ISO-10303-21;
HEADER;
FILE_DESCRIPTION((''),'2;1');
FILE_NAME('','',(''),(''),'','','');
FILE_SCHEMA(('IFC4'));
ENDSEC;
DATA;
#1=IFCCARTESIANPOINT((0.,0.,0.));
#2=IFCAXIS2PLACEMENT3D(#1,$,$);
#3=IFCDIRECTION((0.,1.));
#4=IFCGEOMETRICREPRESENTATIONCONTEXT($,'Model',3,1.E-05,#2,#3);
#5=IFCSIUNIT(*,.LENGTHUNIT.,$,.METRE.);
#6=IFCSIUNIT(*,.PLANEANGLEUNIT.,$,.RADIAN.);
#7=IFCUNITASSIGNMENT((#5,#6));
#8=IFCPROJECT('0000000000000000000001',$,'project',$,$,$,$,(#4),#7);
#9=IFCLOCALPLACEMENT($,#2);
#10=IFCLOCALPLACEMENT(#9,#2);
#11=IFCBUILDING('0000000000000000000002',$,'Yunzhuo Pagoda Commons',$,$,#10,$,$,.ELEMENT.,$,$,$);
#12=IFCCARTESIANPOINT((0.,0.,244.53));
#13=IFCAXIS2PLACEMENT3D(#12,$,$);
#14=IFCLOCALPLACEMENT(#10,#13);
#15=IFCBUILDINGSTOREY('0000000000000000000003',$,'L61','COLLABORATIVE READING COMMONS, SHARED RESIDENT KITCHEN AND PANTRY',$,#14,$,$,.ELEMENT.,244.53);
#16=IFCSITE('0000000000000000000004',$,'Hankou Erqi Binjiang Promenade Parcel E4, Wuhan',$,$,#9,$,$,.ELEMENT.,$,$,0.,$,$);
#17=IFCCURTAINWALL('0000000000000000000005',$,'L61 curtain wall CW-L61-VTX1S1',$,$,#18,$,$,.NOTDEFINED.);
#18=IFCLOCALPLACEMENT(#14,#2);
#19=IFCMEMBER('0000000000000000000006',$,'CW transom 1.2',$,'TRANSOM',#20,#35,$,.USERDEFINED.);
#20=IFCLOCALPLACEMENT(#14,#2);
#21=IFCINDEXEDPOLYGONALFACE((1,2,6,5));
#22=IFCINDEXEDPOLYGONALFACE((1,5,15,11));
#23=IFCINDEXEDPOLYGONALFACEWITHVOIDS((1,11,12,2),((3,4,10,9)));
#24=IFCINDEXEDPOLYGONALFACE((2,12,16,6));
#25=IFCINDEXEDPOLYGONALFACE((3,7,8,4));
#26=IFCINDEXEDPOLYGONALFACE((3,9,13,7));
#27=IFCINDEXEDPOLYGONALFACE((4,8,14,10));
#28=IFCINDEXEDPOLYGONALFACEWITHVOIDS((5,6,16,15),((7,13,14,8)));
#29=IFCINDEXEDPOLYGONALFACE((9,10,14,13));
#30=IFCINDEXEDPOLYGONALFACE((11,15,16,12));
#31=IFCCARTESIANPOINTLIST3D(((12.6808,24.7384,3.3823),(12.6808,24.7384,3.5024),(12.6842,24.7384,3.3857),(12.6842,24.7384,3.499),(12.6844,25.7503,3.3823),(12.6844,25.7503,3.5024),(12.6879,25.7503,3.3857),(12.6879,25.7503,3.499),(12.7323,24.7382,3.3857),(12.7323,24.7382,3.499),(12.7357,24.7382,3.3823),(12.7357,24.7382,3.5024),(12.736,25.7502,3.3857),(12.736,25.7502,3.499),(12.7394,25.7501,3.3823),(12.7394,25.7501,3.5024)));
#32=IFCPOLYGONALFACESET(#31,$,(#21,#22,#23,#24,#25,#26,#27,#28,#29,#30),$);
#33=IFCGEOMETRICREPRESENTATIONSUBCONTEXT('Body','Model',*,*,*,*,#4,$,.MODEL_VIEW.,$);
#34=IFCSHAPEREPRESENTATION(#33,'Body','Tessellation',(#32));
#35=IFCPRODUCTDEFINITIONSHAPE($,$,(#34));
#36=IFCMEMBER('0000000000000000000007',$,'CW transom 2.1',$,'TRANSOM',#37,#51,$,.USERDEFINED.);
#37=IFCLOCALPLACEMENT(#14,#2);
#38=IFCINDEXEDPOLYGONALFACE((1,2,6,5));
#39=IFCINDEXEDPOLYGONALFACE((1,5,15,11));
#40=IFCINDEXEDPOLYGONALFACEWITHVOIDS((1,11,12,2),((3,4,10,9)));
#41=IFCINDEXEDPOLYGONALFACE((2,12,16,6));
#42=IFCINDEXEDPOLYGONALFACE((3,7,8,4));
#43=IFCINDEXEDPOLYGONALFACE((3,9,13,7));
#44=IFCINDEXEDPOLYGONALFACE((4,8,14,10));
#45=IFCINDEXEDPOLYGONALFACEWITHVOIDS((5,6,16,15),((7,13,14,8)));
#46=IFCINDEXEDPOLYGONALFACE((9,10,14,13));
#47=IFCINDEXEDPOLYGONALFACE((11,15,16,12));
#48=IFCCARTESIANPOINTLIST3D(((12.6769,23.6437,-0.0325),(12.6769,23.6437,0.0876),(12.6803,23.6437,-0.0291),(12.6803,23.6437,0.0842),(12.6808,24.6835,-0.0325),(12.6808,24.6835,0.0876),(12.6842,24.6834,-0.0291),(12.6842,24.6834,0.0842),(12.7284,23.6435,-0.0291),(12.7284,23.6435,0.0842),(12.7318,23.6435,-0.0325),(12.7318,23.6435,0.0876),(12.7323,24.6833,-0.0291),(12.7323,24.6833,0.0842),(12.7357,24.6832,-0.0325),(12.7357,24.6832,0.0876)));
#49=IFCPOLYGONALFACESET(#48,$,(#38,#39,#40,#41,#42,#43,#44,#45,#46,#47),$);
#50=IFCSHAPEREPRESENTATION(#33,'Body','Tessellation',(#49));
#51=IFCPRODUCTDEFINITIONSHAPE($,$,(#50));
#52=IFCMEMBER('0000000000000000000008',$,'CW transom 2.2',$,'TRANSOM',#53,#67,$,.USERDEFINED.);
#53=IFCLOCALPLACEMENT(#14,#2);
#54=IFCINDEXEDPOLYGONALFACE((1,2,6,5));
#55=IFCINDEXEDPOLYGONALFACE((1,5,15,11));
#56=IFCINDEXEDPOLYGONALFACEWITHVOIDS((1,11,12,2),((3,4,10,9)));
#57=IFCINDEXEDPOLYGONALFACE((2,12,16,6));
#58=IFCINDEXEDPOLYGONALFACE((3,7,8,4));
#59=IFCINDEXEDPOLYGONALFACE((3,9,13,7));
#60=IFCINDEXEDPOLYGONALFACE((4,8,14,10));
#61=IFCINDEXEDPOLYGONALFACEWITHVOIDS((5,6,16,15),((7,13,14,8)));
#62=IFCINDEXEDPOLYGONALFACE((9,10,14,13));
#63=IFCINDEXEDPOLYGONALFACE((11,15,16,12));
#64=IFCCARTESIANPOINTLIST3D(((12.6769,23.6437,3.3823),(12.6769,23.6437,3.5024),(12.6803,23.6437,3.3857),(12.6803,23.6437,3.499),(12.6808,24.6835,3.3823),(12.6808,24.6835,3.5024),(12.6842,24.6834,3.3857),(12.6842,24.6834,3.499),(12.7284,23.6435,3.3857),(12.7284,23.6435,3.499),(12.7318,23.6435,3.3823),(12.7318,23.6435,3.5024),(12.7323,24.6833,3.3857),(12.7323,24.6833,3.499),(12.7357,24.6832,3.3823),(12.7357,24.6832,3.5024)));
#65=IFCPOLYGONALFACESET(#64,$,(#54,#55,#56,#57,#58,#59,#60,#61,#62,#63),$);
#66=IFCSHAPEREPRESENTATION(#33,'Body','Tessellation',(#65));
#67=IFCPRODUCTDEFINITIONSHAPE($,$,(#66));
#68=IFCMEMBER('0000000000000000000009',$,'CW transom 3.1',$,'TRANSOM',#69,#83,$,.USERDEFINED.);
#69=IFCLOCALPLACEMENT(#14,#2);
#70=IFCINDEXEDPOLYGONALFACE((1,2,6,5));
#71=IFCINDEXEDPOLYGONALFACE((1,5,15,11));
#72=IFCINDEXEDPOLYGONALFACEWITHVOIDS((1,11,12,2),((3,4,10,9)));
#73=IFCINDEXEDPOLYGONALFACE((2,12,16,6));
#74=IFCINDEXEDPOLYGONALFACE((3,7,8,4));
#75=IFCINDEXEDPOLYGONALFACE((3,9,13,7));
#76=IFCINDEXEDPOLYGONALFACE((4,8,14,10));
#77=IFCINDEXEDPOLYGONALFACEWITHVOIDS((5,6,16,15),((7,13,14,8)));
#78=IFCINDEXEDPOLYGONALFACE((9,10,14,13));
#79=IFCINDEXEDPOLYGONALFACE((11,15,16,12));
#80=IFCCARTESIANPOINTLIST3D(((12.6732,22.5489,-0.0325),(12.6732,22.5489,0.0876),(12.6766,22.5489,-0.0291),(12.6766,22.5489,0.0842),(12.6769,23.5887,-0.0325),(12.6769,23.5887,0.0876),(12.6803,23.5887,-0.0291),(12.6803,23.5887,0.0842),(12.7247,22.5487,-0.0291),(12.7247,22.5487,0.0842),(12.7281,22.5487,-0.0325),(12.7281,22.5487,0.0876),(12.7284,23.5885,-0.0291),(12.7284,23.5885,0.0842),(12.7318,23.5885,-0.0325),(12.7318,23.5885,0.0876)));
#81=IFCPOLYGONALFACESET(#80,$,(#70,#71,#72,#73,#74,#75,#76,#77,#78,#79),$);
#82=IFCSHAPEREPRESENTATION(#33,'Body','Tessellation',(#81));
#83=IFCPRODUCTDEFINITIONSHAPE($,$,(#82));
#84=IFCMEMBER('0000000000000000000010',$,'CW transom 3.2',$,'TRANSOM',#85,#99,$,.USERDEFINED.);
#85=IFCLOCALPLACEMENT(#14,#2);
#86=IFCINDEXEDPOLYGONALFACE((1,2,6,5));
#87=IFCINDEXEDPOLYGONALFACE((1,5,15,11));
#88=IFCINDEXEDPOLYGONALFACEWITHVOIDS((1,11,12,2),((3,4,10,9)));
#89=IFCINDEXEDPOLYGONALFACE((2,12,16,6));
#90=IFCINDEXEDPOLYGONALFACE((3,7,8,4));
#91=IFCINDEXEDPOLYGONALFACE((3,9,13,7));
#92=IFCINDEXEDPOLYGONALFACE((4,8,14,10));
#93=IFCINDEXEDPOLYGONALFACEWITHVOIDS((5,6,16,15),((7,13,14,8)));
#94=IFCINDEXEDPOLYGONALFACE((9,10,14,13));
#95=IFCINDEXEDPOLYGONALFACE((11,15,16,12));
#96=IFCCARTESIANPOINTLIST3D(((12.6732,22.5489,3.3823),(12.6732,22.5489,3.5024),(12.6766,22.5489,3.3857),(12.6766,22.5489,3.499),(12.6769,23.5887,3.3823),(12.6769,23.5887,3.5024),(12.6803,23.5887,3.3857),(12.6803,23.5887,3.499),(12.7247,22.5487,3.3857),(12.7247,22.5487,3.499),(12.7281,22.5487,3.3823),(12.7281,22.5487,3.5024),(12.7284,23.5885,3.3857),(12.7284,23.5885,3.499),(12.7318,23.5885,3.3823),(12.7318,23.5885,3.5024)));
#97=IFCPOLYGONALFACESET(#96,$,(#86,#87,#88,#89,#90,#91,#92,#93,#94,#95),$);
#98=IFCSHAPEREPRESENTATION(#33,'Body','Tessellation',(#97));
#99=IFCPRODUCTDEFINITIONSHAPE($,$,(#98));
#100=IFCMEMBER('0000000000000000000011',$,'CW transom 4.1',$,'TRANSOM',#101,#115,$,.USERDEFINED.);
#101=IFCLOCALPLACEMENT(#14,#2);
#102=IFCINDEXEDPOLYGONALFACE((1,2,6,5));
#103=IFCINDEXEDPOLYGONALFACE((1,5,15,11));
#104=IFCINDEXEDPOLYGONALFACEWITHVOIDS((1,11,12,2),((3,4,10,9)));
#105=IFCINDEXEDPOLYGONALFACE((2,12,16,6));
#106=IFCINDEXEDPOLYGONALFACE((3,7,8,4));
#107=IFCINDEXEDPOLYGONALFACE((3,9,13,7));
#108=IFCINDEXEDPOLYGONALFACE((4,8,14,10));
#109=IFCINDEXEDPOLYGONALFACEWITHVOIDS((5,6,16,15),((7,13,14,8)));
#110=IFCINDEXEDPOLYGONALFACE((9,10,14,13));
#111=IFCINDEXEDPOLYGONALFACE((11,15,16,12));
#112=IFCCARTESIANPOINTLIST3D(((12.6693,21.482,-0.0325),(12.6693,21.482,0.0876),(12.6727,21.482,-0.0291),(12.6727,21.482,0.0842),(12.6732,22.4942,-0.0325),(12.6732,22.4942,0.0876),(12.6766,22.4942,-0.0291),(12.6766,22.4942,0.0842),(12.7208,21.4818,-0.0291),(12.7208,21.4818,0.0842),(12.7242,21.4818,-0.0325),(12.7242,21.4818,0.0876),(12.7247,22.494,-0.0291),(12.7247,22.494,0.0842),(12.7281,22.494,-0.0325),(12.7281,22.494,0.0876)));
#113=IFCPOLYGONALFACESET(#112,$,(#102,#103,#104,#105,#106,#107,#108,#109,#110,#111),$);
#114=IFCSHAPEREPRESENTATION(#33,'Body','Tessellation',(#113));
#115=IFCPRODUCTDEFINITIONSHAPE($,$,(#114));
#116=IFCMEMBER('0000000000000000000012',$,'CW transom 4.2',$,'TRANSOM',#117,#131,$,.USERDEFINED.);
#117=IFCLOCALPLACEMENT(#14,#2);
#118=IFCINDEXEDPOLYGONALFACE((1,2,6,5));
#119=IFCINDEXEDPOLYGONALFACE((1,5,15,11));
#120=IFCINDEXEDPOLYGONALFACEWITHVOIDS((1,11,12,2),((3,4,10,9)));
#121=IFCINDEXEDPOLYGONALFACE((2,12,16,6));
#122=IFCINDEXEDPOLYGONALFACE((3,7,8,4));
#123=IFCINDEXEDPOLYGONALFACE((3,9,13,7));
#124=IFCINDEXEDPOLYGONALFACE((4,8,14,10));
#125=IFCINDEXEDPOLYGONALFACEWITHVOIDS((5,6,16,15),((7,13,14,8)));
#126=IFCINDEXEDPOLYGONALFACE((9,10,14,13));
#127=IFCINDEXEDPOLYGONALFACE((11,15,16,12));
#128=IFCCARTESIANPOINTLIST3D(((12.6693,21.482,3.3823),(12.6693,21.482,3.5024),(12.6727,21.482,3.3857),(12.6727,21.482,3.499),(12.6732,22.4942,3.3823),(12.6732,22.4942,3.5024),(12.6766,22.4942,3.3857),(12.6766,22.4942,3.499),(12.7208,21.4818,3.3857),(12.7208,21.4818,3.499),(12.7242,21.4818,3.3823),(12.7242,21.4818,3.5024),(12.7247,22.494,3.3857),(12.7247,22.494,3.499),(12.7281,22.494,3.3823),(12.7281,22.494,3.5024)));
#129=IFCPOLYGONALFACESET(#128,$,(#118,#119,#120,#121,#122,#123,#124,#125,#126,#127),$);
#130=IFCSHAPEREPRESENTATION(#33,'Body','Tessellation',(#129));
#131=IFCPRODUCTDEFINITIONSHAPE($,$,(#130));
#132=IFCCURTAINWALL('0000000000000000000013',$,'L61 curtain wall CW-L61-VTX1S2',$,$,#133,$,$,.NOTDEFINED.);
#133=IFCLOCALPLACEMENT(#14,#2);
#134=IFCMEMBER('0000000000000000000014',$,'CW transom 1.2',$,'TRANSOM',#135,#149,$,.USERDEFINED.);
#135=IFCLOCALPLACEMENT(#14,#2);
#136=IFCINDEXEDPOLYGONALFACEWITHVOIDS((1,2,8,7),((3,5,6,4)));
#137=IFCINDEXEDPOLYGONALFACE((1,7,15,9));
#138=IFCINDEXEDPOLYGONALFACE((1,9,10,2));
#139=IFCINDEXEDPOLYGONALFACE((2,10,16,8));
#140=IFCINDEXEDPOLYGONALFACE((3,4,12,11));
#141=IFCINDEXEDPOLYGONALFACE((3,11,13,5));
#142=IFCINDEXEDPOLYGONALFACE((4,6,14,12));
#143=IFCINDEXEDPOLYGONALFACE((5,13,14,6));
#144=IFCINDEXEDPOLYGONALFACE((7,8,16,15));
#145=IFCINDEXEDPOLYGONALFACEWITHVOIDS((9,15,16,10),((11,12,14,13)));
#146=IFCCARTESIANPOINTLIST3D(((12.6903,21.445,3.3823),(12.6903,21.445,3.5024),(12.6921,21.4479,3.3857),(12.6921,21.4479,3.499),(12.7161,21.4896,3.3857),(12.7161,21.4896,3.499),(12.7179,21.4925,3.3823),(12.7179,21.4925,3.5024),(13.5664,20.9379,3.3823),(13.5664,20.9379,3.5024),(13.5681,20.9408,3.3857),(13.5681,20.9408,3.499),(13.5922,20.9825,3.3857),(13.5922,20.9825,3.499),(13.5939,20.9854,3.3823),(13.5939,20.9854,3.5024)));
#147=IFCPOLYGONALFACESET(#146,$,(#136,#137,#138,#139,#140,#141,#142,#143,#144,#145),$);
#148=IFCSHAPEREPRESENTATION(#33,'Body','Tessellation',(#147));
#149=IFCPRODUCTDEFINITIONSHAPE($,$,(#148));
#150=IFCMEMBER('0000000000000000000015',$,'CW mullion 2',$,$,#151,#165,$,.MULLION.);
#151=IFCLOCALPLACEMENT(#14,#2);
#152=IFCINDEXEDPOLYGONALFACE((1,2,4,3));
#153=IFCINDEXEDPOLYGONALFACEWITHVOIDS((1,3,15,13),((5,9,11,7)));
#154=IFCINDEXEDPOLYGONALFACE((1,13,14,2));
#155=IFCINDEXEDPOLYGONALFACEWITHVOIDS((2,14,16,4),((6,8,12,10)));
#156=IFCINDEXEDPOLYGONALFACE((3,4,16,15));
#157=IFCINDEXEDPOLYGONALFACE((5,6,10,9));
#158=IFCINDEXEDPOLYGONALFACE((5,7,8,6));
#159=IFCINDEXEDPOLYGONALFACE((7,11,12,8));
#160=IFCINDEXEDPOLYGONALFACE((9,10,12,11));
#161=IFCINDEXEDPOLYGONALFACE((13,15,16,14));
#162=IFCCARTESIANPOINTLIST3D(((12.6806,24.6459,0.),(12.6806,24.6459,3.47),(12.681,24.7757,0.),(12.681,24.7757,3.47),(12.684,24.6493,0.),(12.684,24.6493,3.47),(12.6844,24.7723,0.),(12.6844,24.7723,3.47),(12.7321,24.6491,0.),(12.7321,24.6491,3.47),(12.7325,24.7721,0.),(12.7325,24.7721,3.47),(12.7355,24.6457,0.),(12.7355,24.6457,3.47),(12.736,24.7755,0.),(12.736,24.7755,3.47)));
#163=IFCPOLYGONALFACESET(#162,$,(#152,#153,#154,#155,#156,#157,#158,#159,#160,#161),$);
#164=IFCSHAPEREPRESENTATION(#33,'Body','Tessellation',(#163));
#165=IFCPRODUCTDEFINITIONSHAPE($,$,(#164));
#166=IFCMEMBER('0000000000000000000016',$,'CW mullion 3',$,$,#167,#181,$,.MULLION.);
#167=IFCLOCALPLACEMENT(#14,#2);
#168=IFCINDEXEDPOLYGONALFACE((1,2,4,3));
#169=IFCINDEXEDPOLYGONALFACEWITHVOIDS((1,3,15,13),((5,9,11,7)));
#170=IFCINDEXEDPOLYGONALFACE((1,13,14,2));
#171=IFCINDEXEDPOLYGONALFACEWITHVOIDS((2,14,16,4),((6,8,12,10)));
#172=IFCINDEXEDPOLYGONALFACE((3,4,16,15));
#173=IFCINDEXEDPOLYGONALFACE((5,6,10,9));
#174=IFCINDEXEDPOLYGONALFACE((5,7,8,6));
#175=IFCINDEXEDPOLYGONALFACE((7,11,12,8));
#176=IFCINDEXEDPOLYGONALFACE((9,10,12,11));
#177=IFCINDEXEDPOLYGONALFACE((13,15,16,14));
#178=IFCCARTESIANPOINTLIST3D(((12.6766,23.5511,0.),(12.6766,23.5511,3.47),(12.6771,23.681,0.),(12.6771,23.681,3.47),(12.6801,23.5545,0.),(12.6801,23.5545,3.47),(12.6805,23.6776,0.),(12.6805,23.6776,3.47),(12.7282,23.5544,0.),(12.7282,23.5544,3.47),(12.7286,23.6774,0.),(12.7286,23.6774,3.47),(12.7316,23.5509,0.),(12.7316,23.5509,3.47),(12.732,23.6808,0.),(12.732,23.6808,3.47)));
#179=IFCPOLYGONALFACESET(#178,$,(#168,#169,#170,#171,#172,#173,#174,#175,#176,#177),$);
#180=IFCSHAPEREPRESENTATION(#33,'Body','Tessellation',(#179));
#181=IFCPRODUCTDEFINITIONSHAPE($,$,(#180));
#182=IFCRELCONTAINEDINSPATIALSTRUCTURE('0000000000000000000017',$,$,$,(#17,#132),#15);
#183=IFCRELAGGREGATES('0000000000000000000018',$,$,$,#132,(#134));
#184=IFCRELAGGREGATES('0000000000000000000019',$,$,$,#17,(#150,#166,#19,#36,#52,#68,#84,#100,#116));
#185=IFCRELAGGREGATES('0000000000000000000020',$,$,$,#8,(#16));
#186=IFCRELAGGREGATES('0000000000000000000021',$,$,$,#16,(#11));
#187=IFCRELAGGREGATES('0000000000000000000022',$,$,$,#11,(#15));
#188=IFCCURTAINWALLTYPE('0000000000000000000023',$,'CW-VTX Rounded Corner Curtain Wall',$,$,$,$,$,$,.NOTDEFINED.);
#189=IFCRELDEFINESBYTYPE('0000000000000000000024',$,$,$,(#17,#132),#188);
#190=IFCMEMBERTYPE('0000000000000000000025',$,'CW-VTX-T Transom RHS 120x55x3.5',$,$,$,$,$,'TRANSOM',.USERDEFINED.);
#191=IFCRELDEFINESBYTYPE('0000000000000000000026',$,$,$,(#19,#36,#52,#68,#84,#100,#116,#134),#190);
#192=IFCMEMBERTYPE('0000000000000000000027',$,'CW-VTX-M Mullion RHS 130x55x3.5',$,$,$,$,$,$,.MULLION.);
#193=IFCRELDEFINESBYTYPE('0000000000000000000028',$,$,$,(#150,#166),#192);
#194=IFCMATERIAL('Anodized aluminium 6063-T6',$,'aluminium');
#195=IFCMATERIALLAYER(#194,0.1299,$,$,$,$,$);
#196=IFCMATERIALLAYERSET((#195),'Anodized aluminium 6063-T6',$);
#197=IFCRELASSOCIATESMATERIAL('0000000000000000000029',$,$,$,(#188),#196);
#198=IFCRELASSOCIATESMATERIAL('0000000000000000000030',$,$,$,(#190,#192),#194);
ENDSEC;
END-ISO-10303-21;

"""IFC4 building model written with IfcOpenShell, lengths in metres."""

from ifc_helpers import new_model, si_unit, direction, frame, origin, origin_2d, place, context, subcontext, project, spatial, hollow_rectangle, extrude, source, transform, mapped, material, layer, layer_set, material_profile, profile_set, type_object, element, aggregate, save


model = new_model("IFC4")

# Units and contexts
model_context = context("Model", 3, precision=1e-05, world=origin(), true_north=direction((0.0, 1.0)))
body_context = subcontext(model_context, "Body", "Model", "MODEL_VIEW")
ifc_project = project(units=[si_unit("LENGTHUNIT", "METRE"), si_unit("PLANEANGLEUNIT", "RADIAN")], contexts=[model_context])

# Site, building, storey
site_placement = place(None, origin())
site = spatial("IfcSite", under=ifc_project, at=site_placement, Name="Hankou Erqi Binjiang Promenade Parcel E4, Wuhan", CompositionType="ELEMENT", RefElevation=0.0)
building_placement = place(site_placement, origin())
building = spatial("IfcBuilding", under=site, at=building_placement, Name="Yunzhuo Pagoda Commons", CompositionType="ELEMENT")
storey_placement = place(building_placement, frame((0.0, 0.0, 244.53)))
storey = spatial("IfcBuildingStorey", under=building, at=storey_placement, Name="L61", Description="COLLABORATIVE READING COMMONS, SHARED RESIDENT KITCHEN AND PANTRY", CompositionType="ELEMENT", Elevation=244.53)

# Shared definitions
ifc_material_1 = material(Name="Anodized aluminium 6063-T6", Category="aluminium")

# Curtain wall, members
ifc_layer_1 = layer(ifc_material_1, 0.1299)
ifc_layer_set_1 = layer_set([ifc_layer_1], Name="Anodized aluminium 6063-T6")
curtain_wall_type_1 = type_object("IfcCurtainWallType", Name="CW-VTX Rounded Corner Curtain Wall", PredefinedType="NOTDEFINED", material=ifc_layer_set_1)
curtain_wall_1_placement = place(storey_placement, origin())
curtain_wall_1 = element("IfcCurtainWall", 1, at=curtain_wall_1_placement, inside=storey, type_object=curtain_wall_type_1, Name="L61 curtain wall CW-L61-VTX1S1", PredefinedType="NOTDEFINED")
ifc_material_profile_1 = material_profile(ifc_material_1, hollow_rectangle(XDim=0.0549, YDim=0.1201, WallThickness=0.0034, at=origin_2d()), Name="Anodized aluminium 6063-T6")
ifc_profile_set_1 = profile_set([ifc_material_profile_1], Name="Anodized aluminium 6063-T6")
member_type_1 = type_object("IfcMemberType", Name="CW-VTX-T Transom RHS 120x55x3.5", ElementType="TRANSOM", PredefinedType="USERDEFINED", material=ifc_profile_set_1)
shared_shape_1 = source(origin(), body_context, "Body", "SweptSolid", [
    extrude(hollow_rectangle(XDim=0.0549, YDim=0.1201, WallThickness=0.0034, at=origin_2d()), origin(), (0.0, 0.0, 1.0), 1.012),
])
member_1_placement = place(storey_placement, frame((12.7119, 25.7502, 3.4424), z_axis=(-0.003619, -0.999993, 0.0), x_axis=(0.999993, -0.003619, 0.0)))
member_1 = element("IfcMember", 2, at=member_1_placement, type_object=member_type_1, Name="CW transom 1.2", ObjectType="TRANSOM", PredefinedType="USERDEFINED", context=body_context, shape_type="MappedRepresentation", body=[
    mapped(shared_shape_1, transform((0.0, 0.0, 0.0), scale=1.0)),
])
shared_shape_2 = source(origin(), body_context, "Body", "SweptSolid", [
    extrude(hollow_rectangle(XDim=0.0549, YDim=0.1201, WallThickness=0.0034, at=origin_2d()), origin(), (0.0, 0.0, 1.0), 1.0398),
])
member_2_placement = place(storey_placement, frame((12.7083, 24.6833, 0.0276), z_axis=(-0.003757, -0.999993, 0.0), x_axis=(0.999993, -0.003757, 0.0)))
member_2 = element("IfcMember", 3, at=member_2_placement, type_object=member_type_1, Name="CW transom 2.1", ObjectType="TRANSOM", PredefinedType="USERDEFINED", context=body_context, shape_type="MappedRepresentation", body=[
    mapped(shared_shape_2, transform((0.0, 0.0, 0.0), scale=1.0)),
])
member_3_placement = place(storey_placement, frame((12.7083, 24.6833, 3.4424), z_axis=(-0.003757, -0.999993, 0.0), x_axis=(0.999993, -0.003757, 0.0)))
member_3 = element("IfcMember", 4, at=member_3_placement, type_object=member_type_1, Name="CW transom 2.2", ObjectType="TRANSOM", PredefinedType="USERDEFINED", context=body_context, shape_type="MappedRepresentation", body=[
    mapped(shared_shape_2, transform((0.0, 0.0, 0.0), scale=1.0)),
])
member_4_placement = place(storey_placement, frame((12.7043, 23.5886, 0.0276), z_axis=(-0.003522, -0.999994, 0.0), x_axis=(0.999994, -0.003522, 0.0)))
member_4 = element("IfcMember", 5, at=member_4_placement, type_object=member_type_1, Name="CW transom 3.1", ObjectType="TRANSOM", PredefinedType="USERDEFINED", context=body_context, shape_type="MappedRepresentation", body=[
    mapped(shared_shape_2, transform((0.0, 0.0, 0.0), scale=1.0)),
])
member_5_placement = place(storey_placement, frame((12.7043, 23.5886, 3.4424), z_axis=(-0.003522, -0.999994, 0.0), x_axis=(0.999994, -0.003522, 0.0)))
member_5 = element("IfcMember", 6, at=member_5_placement, type_object=member_type_1, Name="CW transom 3.2", ObjectType="TRANSOM", PredefinedType="USERDEFINED", context=body_context, shape_type="MappedRepresentation", body=[
    mapped(shared_shape_2, transform((0.0, 0.0, 0.0), scale=1.0)),
])
shared_shape_3 = source(origin(), body_context, "Body", "SweptSolid", [
    extrude(hollow_rectangle(XDim=0.0549, YDim=0.1201, WallThickness=0.0034, at=origin_2d()), origin(), (0.0, 0.0, 1.0), 1.0122),
])
member_6_placement = place(storey_placement, frame((12.7007, 22.4941, 0.0276), z_axis=(-0.003859, -0.999993, 0.0), x_axis=(0.999993, -0.003859, 0.0)))
member_6 = element("IfcMember", 7, at=member_6_placement, type_object=member_type_1, Name="CW transom 4.1", ObjectType="TRANSOM", PredefinedType="USERDEFINED", context=body_context, shape_type="MappedRepresentation", body=[
    mapped(shared_shape_3, transform((0.0, 0.0, 0.0), scale=1.0)),
])
member_7_placement = place(storey_placement, frame((12.7007, 22.4941, 3.4424), z_axis=(-0.003859, -0.999993, 0.0), x_axis=(0.999993, -0.003859, 0.0)))
member_7 = element("IfcMember", 8, at=member_7_placement, type_object=member_type_1, Name="CW transom 4.2", ObjectType="TRANSOM", PredefinedType="USERDEFINED", context=body_context, shape_type="MappedRepresentation", body=[
    mapped(shared_shape_3, transform((0.0, 0.0, 0.0), scale=1.0)),
])

# Curtain wall, member
curtain_wall_2_placement = place(storey_placement, origin())
curtain_wall_2 = element("IfcCurtainWall", 9, at=curtain_wall_2_placement, inside=storey, type_object=curtain_wall_type_1, Name="L61 curtain wall CW-L61-VTX1S2", PredefinedType="NOTDEFINED")
member_8_placement = place(storey_placement, frame((12.7041, 21.4688, 3.4424), z_axis=(0.865454, -0.500989, 0.0), x_axis=(0.500989, 0.865454, 0.0)))
member_8 = element("IfcMember", 10, at=member_8_placement, type_object=member_type_1, Name="CW transom 1.2", ObjectType="TRANSOM", PredefinedType="USERDEFINED", context=body_context, shape_type="MappedRepresentation", body=[
    mapped(shared_shape_3, transform((0.0, 0.0, 0.0), scale=1.0)),
])
aggregate(curtain_wall_2, [member_8])

# Members
ifc_material_profile_2 = material_profile(ifc_material_1, hollow_rectangle(XDim=0.0549, YDim=0.1299, WallThickness=0.0034, at=origin_2d()), Name="Anodized aluminium 6063-T6")
ifc_profile_set_2 = profile_set([ifc_material_profile_2], Name="Anodized aluminium 6063-T6")
member_type_2 = type_object("IfcMemberType", Name="CW-VTX-M Mullion RHS 130x55x3.5", PredefinedType="MULLION", material=ifc_profile_set_2)
shared_shape_4 = source(origin(), body_context, "Body", "SweptSolid", [
    extrude(hollow_rectangle(XDim=0.0549, YDim=0.1299, WallThickness=0.0034, at=origin_2d()), origin(), (0.0, 0.0, 1.0), 3.47),
])
member_9_placement = place(storey_placement, frame((12.7083, 24.7107, 0.0), z_axis=(0.0, 0.0, 1.0), x_axis=(0.999994, -0.003586, 0.0)))
member_9 = element("IfcMember", 11, at=member_9_placement, type_object=member_type_2, Name="CW mullion 2", PredefinedType="MULLION", context=body_context, shape_type="MappedRepresentation", body=[
    mapped(shared_shape_4, transform((0.0, 0.0, 0.0), scale=1.0)),
])
member_10_placement = place(storey_placement, frame((12.7043, 23.616, 0.0), z_axis=(0.0, 0.0, 1.0), x_axis=(0.999994, -0.003586, 0.0)))
member_10 = element("IfcMember", 12, at=member_10_placement, type_object=member_type_2, Name="CW mullion 3", PredefinedType="MULLION", context=body_context, shape_type="MappedRepresentation", body=[
    mapped(shared_shape_4, transform((0.0, 0.0, 0.0), scale=1.0)),
])

aggregate(curtain_wall_1, [member_9, member_10, member_1, member_2, member_3, member_4, member_5, member_6, member_7])

save(model, "model.ifc")
